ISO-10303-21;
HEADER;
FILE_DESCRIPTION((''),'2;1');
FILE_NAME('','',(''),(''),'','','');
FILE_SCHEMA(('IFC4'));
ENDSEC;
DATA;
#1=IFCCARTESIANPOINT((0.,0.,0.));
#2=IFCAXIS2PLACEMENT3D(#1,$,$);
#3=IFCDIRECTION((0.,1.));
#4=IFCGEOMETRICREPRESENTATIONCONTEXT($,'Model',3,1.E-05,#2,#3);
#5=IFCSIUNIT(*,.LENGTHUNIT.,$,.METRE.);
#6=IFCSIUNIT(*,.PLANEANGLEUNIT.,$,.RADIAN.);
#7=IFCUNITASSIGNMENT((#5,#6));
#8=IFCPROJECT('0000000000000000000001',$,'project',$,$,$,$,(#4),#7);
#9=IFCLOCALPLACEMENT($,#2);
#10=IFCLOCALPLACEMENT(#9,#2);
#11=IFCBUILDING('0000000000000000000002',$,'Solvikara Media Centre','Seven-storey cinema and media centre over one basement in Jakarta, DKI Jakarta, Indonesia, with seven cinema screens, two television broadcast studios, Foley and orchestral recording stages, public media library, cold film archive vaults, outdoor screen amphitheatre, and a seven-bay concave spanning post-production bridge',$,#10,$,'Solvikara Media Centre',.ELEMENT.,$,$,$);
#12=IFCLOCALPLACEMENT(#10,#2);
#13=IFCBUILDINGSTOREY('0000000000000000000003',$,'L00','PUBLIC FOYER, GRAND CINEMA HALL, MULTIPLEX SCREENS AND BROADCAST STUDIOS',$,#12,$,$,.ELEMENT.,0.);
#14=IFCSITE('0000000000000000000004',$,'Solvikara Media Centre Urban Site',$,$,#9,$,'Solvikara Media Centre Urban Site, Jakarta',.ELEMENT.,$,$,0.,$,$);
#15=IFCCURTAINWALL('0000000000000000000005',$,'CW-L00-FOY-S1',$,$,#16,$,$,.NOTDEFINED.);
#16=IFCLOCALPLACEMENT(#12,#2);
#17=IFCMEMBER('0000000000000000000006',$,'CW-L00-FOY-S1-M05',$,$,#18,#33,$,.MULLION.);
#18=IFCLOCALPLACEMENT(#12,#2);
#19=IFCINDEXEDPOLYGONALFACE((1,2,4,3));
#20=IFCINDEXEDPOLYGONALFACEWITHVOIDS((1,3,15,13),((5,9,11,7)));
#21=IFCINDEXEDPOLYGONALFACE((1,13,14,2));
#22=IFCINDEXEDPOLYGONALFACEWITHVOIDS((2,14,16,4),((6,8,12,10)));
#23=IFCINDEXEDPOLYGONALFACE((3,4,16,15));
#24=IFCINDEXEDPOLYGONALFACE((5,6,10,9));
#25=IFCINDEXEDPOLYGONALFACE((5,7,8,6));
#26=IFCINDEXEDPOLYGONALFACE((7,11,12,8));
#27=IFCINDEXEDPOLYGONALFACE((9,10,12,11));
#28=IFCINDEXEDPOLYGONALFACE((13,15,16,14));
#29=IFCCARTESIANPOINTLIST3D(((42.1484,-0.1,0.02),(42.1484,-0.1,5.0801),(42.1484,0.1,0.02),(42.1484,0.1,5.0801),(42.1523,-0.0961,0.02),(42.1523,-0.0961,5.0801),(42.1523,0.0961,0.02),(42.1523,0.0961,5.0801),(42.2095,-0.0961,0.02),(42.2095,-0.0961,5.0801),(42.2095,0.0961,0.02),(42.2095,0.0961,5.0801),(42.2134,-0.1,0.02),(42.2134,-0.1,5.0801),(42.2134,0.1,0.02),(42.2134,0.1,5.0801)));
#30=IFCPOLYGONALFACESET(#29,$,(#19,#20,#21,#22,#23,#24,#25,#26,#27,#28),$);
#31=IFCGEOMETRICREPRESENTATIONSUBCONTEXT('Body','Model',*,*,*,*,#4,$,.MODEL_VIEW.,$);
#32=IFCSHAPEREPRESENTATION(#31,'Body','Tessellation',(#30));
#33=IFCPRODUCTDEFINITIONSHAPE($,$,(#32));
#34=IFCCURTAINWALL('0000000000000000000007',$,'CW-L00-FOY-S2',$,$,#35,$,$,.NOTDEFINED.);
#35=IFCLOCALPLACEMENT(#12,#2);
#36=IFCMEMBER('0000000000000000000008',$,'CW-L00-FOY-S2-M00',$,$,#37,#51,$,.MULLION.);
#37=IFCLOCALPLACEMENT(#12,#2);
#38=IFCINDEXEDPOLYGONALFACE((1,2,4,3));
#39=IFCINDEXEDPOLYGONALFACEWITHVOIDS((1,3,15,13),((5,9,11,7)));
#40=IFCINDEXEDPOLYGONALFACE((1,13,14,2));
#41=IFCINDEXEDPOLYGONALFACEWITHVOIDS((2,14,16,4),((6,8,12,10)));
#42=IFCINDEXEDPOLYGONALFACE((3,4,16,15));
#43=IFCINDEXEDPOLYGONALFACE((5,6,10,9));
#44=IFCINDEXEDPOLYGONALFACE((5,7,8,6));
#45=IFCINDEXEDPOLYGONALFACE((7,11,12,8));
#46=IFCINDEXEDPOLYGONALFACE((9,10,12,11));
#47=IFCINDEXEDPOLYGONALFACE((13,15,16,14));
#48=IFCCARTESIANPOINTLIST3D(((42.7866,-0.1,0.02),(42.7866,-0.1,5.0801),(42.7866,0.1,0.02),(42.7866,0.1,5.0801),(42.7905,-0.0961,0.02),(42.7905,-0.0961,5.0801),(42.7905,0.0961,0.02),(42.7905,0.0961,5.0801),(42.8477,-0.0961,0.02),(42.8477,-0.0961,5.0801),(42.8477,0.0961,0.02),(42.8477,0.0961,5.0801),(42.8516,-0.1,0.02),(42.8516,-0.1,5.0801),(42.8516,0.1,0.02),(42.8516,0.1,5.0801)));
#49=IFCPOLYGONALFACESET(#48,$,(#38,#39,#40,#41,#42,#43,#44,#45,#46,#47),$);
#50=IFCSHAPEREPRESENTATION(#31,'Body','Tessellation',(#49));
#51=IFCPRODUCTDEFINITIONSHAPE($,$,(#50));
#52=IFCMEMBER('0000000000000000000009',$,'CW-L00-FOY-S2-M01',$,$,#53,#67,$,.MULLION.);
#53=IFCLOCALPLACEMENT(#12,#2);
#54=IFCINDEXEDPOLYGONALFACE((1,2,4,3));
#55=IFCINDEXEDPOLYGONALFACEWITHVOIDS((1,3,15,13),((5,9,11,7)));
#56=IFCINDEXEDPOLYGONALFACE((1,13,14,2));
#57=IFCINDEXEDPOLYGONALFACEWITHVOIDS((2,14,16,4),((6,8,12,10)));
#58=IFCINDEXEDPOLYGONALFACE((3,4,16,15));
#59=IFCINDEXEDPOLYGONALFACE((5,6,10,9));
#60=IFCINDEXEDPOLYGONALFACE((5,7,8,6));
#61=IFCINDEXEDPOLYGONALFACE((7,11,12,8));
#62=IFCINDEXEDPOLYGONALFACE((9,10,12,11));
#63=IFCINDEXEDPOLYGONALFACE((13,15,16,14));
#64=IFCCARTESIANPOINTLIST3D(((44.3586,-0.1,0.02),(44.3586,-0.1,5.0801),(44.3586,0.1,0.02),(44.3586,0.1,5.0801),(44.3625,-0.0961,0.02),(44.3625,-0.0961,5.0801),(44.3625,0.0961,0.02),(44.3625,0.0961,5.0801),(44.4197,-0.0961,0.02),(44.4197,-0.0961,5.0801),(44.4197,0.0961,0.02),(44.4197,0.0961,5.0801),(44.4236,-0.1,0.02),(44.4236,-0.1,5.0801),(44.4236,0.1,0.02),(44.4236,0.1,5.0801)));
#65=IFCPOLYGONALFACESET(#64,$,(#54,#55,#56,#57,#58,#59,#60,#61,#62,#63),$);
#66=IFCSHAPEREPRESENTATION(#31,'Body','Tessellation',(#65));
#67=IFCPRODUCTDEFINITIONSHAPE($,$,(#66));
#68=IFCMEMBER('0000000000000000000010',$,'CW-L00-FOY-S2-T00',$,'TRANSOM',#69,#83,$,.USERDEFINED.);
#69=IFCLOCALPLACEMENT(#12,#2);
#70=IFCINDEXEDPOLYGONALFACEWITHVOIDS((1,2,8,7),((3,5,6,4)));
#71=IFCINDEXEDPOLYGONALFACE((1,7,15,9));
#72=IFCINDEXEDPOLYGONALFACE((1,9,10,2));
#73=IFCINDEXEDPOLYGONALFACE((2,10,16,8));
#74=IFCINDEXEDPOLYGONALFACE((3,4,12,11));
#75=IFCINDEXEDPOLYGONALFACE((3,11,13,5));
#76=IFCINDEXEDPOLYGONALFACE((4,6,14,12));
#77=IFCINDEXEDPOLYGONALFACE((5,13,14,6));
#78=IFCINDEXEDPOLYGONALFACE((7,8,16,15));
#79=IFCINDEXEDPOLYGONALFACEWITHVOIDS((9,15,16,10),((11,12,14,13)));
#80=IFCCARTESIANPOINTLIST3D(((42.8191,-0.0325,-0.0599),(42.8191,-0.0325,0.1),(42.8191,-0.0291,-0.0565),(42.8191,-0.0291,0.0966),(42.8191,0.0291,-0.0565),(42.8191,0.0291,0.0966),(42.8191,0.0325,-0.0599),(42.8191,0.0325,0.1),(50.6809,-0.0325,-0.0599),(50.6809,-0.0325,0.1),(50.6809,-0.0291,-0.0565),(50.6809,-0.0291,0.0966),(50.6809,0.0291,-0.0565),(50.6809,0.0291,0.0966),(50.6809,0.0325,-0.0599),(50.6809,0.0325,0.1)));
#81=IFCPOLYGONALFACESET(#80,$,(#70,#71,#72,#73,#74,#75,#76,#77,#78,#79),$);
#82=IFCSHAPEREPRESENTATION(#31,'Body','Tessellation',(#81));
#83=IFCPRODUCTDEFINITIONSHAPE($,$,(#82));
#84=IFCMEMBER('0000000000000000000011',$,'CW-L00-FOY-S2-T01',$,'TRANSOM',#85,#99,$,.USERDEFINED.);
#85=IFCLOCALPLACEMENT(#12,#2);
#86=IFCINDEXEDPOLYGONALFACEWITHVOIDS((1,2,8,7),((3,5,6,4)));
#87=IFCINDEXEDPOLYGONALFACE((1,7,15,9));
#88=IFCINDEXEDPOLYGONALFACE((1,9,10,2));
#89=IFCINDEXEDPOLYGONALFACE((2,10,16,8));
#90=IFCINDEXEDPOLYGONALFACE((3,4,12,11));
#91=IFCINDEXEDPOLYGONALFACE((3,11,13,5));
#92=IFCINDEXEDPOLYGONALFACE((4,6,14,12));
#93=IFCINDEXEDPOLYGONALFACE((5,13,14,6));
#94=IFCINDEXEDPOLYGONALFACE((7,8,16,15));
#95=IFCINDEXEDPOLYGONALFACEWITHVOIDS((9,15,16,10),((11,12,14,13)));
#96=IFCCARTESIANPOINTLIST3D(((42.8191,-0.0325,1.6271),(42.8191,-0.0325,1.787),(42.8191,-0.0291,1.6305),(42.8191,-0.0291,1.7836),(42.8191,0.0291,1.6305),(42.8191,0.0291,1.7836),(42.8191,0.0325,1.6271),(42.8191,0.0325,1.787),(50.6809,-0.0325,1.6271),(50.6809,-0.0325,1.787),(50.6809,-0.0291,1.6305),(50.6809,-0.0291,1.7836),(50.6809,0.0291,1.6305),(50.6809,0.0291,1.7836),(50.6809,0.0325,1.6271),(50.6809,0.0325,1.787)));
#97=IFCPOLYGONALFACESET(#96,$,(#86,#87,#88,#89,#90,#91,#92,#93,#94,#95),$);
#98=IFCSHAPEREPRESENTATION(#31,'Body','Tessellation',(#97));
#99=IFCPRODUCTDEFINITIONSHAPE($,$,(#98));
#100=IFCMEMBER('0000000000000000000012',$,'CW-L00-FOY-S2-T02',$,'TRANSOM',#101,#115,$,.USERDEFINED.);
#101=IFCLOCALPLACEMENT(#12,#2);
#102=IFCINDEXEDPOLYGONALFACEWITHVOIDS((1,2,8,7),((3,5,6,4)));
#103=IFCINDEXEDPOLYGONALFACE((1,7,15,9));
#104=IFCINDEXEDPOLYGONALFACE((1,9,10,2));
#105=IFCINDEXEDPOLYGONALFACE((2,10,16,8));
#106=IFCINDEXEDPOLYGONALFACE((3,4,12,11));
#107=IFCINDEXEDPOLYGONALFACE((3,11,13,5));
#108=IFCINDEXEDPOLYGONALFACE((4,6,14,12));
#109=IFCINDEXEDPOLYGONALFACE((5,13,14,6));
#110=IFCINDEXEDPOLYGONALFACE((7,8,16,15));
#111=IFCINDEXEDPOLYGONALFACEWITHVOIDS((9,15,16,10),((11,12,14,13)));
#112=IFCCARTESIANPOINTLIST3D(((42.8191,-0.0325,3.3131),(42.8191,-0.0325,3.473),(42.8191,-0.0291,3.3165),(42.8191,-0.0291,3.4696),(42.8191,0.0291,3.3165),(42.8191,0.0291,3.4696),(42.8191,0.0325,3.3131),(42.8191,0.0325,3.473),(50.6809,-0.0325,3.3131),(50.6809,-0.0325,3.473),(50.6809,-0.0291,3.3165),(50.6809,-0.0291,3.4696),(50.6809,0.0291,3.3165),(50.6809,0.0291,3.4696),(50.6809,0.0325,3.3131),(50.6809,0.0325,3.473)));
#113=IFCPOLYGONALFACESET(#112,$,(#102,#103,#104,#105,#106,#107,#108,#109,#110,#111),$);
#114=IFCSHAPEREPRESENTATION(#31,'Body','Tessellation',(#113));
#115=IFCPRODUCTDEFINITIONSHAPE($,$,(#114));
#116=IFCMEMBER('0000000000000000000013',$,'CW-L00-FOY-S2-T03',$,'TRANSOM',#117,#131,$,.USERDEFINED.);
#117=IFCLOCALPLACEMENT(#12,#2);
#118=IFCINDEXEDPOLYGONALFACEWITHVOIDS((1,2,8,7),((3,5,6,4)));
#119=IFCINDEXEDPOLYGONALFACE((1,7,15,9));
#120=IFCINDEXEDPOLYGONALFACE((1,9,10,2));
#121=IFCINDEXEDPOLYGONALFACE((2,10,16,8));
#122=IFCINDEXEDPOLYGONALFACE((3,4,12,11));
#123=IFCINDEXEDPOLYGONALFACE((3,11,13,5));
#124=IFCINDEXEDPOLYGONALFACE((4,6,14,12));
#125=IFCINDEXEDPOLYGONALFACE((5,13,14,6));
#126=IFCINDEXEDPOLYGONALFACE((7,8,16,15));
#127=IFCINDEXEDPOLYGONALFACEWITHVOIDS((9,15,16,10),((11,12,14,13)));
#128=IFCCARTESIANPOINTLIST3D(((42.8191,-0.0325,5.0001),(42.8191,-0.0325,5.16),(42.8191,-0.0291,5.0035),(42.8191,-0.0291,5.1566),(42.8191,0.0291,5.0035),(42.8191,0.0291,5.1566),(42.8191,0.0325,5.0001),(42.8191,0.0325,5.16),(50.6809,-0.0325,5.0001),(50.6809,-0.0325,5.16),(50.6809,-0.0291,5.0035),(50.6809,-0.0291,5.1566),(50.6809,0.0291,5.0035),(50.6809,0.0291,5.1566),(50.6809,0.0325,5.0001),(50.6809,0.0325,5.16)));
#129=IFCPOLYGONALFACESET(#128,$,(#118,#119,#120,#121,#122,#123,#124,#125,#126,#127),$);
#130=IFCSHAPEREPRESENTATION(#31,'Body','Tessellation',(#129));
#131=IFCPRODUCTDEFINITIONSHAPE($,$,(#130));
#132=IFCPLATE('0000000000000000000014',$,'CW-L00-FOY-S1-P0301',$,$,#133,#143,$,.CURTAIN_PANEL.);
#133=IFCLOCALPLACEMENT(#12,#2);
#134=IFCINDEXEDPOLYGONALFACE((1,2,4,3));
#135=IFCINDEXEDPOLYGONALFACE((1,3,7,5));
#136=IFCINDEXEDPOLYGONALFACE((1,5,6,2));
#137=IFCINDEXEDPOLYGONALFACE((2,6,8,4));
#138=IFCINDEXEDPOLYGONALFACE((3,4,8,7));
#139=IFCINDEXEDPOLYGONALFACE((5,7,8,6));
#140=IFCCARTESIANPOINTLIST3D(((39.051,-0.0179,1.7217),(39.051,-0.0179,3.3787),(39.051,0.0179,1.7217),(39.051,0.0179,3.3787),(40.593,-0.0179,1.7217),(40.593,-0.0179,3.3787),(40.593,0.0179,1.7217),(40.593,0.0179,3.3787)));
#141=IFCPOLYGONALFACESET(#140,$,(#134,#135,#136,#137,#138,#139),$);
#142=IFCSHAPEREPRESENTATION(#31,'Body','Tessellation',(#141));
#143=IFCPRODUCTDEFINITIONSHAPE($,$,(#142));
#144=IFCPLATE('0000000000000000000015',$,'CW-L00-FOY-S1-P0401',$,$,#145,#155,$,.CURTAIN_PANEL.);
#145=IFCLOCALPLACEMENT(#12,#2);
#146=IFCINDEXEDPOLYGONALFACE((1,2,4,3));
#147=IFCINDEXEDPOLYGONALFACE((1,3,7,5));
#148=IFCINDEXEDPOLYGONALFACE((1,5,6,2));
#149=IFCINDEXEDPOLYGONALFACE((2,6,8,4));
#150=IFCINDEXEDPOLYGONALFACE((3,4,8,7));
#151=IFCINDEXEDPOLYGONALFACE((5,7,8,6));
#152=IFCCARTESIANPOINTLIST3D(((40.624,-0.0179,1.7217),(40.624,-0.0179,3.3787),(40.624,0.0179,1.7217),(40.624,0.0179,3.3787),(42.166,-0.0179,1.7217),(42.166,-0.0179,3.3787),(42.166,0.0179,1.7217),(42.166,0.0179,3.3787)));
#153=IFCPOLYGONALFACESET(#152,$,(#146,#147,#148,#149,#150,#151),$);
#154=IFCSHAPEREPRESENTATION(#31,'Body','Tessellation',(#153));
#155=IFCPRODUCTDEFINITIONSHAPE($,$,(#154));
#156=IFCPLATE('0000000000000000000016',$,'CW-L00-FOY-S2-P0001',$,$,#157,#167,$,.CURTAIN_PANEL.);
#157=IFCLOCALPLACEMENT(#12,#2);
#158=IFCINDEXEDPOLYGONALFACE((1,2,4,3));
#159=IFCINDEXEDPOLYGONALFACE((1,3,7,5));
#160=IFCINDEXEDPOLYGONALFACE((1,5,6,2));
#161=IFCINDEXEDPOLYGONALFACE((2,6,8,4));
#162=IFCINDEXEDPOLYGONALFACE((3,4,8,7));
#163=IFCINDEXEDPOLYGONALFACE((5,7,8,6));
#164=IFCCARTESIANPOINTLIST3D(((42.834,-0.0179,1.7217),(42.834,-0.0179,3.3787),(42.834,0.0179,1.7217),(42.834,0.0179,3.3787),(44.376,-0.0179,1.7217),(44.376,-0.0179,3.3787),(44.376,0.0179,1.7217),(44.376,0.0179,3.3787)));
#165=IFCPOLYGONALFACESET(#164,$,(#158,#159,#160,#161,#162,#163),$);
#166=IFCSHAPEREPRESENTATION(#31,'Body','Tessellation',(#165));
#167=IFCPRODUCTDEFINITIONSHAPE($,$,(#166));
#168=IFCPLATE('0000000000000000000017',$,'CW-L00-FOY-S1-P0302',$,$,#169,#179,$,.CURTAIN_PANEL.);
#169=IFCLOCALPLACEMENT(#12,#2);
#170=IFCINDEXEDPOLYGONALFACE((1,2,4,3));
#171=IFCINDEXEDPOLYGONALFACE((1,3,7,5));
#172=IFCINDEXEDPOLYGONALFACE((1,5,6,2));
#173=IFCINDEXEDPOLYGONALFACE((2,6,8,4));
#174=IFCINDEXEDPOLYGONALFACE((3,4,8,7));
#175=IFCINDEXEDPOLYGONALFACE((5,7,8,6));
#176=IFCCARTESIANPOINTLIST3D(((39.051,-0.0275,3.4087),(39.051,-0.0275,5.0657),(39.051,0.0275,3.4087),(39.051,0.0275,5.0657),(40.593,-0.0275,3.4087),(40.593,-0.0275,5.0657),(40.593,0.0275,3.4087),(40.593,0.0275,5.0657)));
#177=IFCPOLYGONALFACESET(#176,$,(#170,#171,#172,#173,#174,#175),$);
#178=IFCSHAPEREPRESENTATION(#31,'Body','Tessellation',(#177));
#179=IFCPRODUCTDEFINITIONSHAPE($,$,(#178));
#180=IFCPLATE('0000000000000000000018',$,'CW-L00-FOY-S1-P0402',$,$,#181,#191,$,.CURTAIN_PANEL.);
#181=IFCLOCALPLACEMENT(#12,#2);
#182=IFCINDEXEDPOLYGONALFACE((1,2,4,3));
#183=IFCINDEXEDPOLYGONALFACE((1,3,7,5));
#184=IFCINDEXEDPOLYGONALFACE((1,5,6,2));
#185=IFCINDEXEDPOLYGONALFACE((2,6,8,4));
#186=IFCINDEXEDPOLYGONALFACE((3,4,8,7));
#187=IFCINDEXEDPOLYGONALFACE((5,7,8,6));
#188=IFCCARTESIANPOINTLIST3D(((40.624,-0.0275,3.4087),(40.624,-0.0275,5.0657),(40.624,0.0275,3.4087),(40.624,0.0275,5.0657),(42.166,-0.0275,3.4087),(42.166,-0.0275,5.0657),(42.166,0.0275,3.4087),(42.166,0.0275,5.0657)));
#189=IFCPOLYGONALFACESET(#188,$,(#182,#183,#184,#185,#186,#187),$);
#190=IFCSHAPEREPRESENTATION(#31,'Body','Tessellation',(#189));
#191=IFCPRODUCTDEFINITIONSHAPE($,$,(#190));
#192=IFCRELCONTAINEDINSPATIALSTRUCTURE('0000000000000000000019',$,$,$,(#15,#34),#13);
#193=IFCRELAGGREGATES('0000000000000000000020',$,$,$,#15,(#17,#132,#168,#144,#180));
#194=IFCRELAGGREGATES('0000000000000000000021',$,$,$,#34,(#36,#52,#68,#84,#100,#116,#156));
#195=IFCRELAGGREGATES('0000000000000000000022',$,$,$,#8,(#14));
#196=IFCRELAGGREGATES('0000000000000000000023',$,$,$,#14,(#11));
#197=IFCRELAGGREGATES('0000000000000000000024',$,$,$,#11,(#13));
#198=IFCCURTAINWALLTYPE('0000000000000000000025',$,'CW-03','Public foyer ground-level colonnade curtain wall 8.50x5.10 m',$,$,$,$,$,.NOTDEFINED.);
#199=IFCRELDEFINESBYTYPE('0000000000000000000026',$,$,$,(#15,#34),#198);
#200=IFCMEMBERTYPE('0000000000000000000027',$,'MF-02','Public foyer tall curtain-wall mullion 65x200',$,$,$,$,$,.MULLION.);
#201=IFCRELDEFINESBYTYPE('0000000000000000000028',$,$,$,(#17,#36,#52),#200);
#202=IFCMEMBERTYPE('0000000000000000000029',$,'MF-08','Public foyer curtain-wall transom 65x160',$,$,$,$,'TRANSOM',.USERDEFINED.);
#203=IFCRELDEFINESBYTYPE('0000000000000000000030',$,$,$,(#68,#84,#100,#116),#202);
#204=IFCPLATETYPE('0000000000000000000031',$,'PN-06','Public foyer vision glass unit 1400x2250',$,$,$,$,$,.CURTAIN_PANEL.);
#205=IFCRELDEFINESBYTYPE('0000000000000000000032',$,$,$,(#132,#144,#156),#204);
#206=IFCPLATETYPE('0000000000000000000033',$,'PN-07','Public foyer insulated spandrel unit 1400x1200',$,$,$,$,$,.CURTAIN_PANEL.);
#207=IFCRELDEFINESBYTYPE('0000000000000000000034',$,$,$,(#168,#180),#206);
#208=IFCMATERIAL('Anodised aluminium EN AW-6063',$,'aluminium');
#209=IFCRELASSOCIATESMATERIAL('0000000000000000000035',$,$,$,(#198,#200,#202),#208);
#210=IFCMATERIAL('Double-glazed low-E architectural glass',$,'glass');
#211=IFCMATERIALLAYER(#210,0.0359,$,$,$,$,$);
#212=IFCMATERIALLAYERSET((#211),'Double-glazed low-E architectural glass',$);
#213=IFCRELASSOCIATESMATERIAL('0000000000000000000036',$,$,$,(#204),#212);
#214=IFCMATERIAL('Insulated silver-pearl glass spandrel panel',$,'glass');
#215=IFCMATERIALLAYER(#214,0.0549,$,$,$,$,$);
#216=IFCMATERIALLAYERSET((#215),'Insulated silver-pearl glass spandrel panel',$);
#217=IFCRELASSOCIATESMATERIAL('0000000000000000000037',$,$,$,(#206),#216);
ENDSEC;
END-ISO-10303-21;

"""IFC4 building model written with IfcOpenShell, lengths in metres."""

from ifc_helpers import new_model, si_unit, direction, frame, origin, origin_2d, place, context, subcontext, project, spatial, rectangle, hollow_rectangle, extrude, material, layer, layer_set, material_profile, profile_set, type_object, element, aggregate, save


model = new_model("IFC4")

# Units and contexts
model_context = context("Model", 3, precision=1e-05, world=origin(), true_north=direction((0.0, 1.0)))
body_context = subcontext(model_context, "Body", "Model", "MODEL_VIEW")
ifc_project = project(units=[si_unit("LENGTHUNIT", "METRE"), si_unit("PLANEANGLEUNIT", "RADIAN")], contexts=[model_context])

# Site, building, storey
site_placement = place(None, origin())
site = spatial("IfcSite", under=ifc_project, at=site_placement, Name="Solvikara Media Centre Urban Site", LongName="Solvikara Media Centre Urban Site, Jakarta", CompositionType="ELEMENT", RefElevation=0.0)
building_placement = place(site_placement, origin())
building = spatial("IfcBuilding", under=site, at=building_placement, Name="Solvikara Media Centre", Description="Seven-storey cinema and media centre over one basement in Jakarta, DKI Jakarta, Indonesia, with seven cinema screens, two television broadcast studios, Foley and orchestral recording stages, public media library, cold film archive vaults, outdoor screen amphitheatre, and a seven-bay concave spanning post-production bridge", LongName="Solvikara Media Centre", CompositionType="ELEMENT")
storey_placement = place(building_placement, origin())
storey = spatial("IfcBuildingStorey", under=building, at=storey_placement, Name="L00", Description="PUBLIC FOYER, GRAND CINEMA HALL, MULTIPLEX SCREENS AND BROADCAST STUDIOS", CompositionType="ELEMENT", Elevation=0.0)

# Curtain walls, members
ifc_material_1 = material(Name="Anodised aluminium EN AW-6063", Category="aluminium")
curtain_wall_type = type_object("IfcCurtainWallType", Name="CW-03", Description="Public foyer ground-level colonnade curtain wall 8.50x5.10 m", PredefinedType="NOTDEFINED", material=ifc_material_1)
curtain_wall_1_placement = place(storey_placement, origin())
curtain_wall_1 = element("IfcCurtainWall", 1, at=curtain_wall_1_placement, inside=storey, type_object=curtain_wall_type, Name="CW-L00-FOY-S1", PredefinedType="NOTDEFINED")
ifc_material_profile_1 = material_profile(ifc_material_1, hollow_rectangle(XDim=0.0649, YDim=0.2, WallThickness=0.0039, at=origin_2d()), Name="ALU-M 65x200x4")
ifc_profile_set_1 = profile_set([ifc_material_profile_1], Name="Anodised aluminium EN AW-6063")
member_type_1 = type_object("IfcMemberType", Name="MF-02", Description="Public foyer tall curtain-wall mullion 65x200", PredefinedType="MULLION", material=ifc_profile_set_1)
member_1_placement = place(storey_placement, frame((42.1809, 0.0, 0.02), z_axis=(0.0, 0.0, 1.0), x_axis=(1.0, 0.0, 0.0)))
member_1 = element("IfcMember", 2, at=member_1_placement, type_object=member_type_1, Name="CW-L00-FOY-S1-M05", PredefinedType="MULLION", context=body_context, shape_type="SweptSolid", body=[
    extrude(hollow_rectangle(XDim=0.0649, YDim=0.2, WallThickness=0.0039, at=origin_2d()), origin(), (0.0, 0.0, 1.0), 5.0601),
])
curtain_wall_2_placement = place(storey_placement, origin())
curtain_wall_2 = element("IfcCurtainWall", 3, at=curtain_wall_2_placement, inside=storey, type_object=curtain_wall_type, Name="CW-L00-FOY-S2", PredefinedType="NOTDEFINED")
member_2_placement = place(storey_placement, frame((42.8191, 0.0, 0.02), z_axis=(0.0, 0.0, 1.0), x_axis=(1.0, 0.0, 0.0)))
member_2 = element("IfcMember", 4, at=member_2_placement, type_object=member_type_1, Name="CW-L00-FOY-S2-M00", PredefinedType="MULLION", context=body_context, shape_type="SweptSolid", body=[
    extrude(hollow_rectangle(XDim=0.0649, YDim=0.2, WallThickness=0.0039, at=origin_2d()), origin(), (0.0, 0.0, 1.0), 5.0601),
])
member_3_placement = place(storey_placement, frame((44.3911, 0.0, 0.02), z_axis=(0.0, 0.0, 1.0), x_axis=(1.0, 0.0, 0.0)))
member_3 = element("IfcMember", 5, at=member_3_placement, type_object=member_type_1, Name="CW-L00-FOY-S2-M01", PredefinedType="MULLION", context=body_context, shape_type="SweptSolid", body=[
    extrude(hollow_rectangle(XDim=0.0649, YDim=0.2, WallThickness=0.0039, at=origin_2d()), origin(), (0.0, 0.0, 1.0), 5.0601),
])
ifc_material_profile_2 = material_profile(ifc_material_1, hollow_rectangle(XDim=0.0649, YDim=0.1599, WallThickness=0.0034, at=origin_2d()), Name="ALU-T 65x160x3.5")
ifc_profile_set_2 = profile_set([ifc_material_profile_2], Name="Anodised aluminium EN AW-6063")
member_type_2 = type_object("IfcMemberType", Name="MF-08", Description="Public foyer curtain-wall transom 65x160", ElementType="TRANSOM", PredefinedType="USERDEFINED", material=ifc_profile_set_2)
member_4_placement = place(storey_placement, frame((42.8191, 0.0, 0.02), z_axis=(1.0, 0.0, 0.0), x_axis=(0.0, 1.0, 0.0)))
member_4 = element("IfcMember", 6, at=member_4_placement, type_object=member_type_2, Name="CW-L00-FOY-S2-T00", ObjectType="TRANSOM", PredefinedType="USERDEFINED", context=body_context, shape_type="SweptSolid", body=[
    extrude(hollow_rectangle(XDim=0.0649, YDim=0.1599, WallThickness=0.0034, at=origin_2d()), origin(), (0.0, 0.0, 1.0), 7.8618),
])
member_5_placement = place(storey_placement, frame((42.8191, 0.0, 1.707), z_axis=(1.0, 0.0, 0.0), x_axis=(0.0, 1.0, 0.0)))
member_5 = element("IfcMember", 7, at=member_5_placement, type_object=member_type_2, Name="CW-L00-FOY-S2-T01", ObjectType="TRANSOM", PredefinedType="USERDEFINED", context=body_context, shape_type="SweptSolid", body=[
    extrude(hollow_rectangle(XDim=0.0649, YDim=0.1599, WallThickness=0.0034, at=origin_2d()), origin(), (0.0, 0.0, 1.0), 7.8618),
])
member_6_placement = place(storey_placement, frame((42.8191, 0.0, 3.3931), z_axis=(1.0, 0.0, 0.0), x_axis=(0.0, 1.0, 0.0)))
member_6 = element("IfcMember", 8, at=member_6_placement, type_object=member_type_2, Name="CW-L00-FOY-S2-T02", ObjectType="TRANSOM", PredefinedType="USERDEFINED", context=body_context, shape_type="SweptSolid", body=[
    extrude(hollow_rectangle(XDim=0.0649, YDim=0.1599, WallThickness=0.0034, at=origin_2d()), origin(), (0.0, 0.0, 1.0), 7.8618),
])
member_7_placement = place(storey_placement, frame((42.8191, 0.0, 5.0801), z_axis=(1.0, 0.0, 0.0), x_axis=(0.0, 1.0, 0.0)))
member_7 = element("IfcMember", 9, at=member_7_placement, type_object=member_type_2, Name="CW-L00-FOY-S2-T03", ObjectType="TRANSOM", PredefinedType="USERDEFINED", context=body_context, shape_type="SweptSolid", body=[
    extrude(hollow_rectangle(XDim=0.0649, YDim=0.1599, WallThickness=0.0034, at=origin_2d()), origin(), (0.0, 0.0, 1.0), 7.8618),
])

# Plates
ifc_material_2 = material(Name="Double-glazed low-E architectural glass", Category="glass")
ifc_layer_1 = layer(ifc_material_2, 0.0359)
ifc_layer_set_1 = layer_set([ifc_layer_1], Name="Double-glazed low-E architectural glass")
plate_type_1 = type_object("IfcPlateType", Name="PN-06", Description="Public foyer vision glass unit 1400x2250", PredefinedType="CURTAIN_PANEL", material=ifc_layer_set_1)
plate_1_placement = place(storey_placement, frame((39.822, 0.0, 1.7217), z_axis=(0.0, 0.0, 1.0), x_axis=(1.0, 0.0, 0.0)))
plate_1 = element("IfcPlate", 10, at=plate_1_placement, type_object=plate_type_1, Name="CW-L00-FOY-S1-P0301", PredefinedType="CURTAIN_PANEL", context=body_context, shape_type="SweptSolid", body=[
    extrude(rectangle(XDim=1.542, YDim=0.0359, at=origin_2d()), origin(), (0.0, 0.0, 1.0), 1.657),
])
plate_2_placement = place(storey_placement, frame((41.395, 0.0, 1.7217), z_axis=(0.0, 0.0, 1.0), x_axis=(1.0, 0.0, 0.0)))
plate_2 = element("IfcPlate", 11, at=plate_2_placement, type_object=plate_type_1, Name="CW-L00-FOY-S1-P0401", PredefinedType="CURTAIN_PANEL", context=body_context, shape_type="SweptSolid", body=[
    extrude(rectangle(XDim=1.542, YDim=0.0359, at=origin_2d()), origin(), (0.0, 0.0, 1.0), 1.657),
])
plate_3_placement = place(storey_placement, frame((43.605, 0.0, 1.7217), z_axis=(0.0, 0.0, 1.0), x_axis=(1.0, 0.0, 0.0)))
plate_3 = element("IfcPlate", 12, at=plate_3_placement, type_object=plate_type_1, Name="CW-L00-FOY-S2-P0001", PredefinedType="CURTAIN_PANEL", context=body_context, shape_type="SweptSolid", body=[
    extrude(rectangle(XDim=1.542, YDim=0.0359, at=origin_2d()), origin(), (0.0, 0.0, 1.0), 1.657),
])
ifc_material_3 = material(Name="Insulated silver-pearl glass spandrel panel", Category="glass")
ifc_layer_2 = layer(ifc_material_3, 0.0549)
ifc_layer_set_2 = layer_set([ifc_layer_2], Name="Insulated silver-pearl glass spandrel panel")
plate_type_2 = type_object("IfcPlateType", Name="PN-07", Description="Public foyer insulated spandrel unit 1400x1200", PredefinedType="CURTAIN_PANEL", material=ifc_layer_set_2)
plate_4_placement = place(storey_placement, frame((39.822, 0.0, 3.4087), z_axis=(0.0, 0.0, 1.0), x_axis=(1.0, 0.0, 0.0)))
plate_4 = element("IfcPlate", 13, at=plate_4_placement, type_object=plate_type_2, Name="CW-L00-FOY-S1-P0302", PredefinedType="CURTAIN_PANEL", context=body_context, shape_type="SweptSolid", body=[
    extrude(rectangle(XDim=1.542, YDim=0.0549, at=origin_2d()), origin(), (0.0, 0.0, 1.0), 1.657),
])
plate_5_placement = place(storey_placement, frame((41.395, 0.0, 3.4087), z_axis=(0.0, 0.0, 1.0), x_axis=(1.0, 0.0, 0.0)))
plate_5 = element("IfcPlate", 14, at=plate_5_placement, type_object=plate_type_2, Name="CW-L00-FOY-S1-P0402", PredefinedType="CURTAIN_PANEL", context=body_context, shape_type="SweptSolid", body=[
    extrude(rectangle(XDim=1.542, YDim=0.0549, at=origin_2d()), origin(), (0.0, 0.0, 1.0), 1.657),
])
aggregate(curtain_wall_1, [member_1, plate_1, plate_4, plate_2, plate_5])
aggregate(curtain_wall_2, [member_2, member_3, member_4, member_5, member_6, member_7, plate_3])

save(model, "model.ifc")
